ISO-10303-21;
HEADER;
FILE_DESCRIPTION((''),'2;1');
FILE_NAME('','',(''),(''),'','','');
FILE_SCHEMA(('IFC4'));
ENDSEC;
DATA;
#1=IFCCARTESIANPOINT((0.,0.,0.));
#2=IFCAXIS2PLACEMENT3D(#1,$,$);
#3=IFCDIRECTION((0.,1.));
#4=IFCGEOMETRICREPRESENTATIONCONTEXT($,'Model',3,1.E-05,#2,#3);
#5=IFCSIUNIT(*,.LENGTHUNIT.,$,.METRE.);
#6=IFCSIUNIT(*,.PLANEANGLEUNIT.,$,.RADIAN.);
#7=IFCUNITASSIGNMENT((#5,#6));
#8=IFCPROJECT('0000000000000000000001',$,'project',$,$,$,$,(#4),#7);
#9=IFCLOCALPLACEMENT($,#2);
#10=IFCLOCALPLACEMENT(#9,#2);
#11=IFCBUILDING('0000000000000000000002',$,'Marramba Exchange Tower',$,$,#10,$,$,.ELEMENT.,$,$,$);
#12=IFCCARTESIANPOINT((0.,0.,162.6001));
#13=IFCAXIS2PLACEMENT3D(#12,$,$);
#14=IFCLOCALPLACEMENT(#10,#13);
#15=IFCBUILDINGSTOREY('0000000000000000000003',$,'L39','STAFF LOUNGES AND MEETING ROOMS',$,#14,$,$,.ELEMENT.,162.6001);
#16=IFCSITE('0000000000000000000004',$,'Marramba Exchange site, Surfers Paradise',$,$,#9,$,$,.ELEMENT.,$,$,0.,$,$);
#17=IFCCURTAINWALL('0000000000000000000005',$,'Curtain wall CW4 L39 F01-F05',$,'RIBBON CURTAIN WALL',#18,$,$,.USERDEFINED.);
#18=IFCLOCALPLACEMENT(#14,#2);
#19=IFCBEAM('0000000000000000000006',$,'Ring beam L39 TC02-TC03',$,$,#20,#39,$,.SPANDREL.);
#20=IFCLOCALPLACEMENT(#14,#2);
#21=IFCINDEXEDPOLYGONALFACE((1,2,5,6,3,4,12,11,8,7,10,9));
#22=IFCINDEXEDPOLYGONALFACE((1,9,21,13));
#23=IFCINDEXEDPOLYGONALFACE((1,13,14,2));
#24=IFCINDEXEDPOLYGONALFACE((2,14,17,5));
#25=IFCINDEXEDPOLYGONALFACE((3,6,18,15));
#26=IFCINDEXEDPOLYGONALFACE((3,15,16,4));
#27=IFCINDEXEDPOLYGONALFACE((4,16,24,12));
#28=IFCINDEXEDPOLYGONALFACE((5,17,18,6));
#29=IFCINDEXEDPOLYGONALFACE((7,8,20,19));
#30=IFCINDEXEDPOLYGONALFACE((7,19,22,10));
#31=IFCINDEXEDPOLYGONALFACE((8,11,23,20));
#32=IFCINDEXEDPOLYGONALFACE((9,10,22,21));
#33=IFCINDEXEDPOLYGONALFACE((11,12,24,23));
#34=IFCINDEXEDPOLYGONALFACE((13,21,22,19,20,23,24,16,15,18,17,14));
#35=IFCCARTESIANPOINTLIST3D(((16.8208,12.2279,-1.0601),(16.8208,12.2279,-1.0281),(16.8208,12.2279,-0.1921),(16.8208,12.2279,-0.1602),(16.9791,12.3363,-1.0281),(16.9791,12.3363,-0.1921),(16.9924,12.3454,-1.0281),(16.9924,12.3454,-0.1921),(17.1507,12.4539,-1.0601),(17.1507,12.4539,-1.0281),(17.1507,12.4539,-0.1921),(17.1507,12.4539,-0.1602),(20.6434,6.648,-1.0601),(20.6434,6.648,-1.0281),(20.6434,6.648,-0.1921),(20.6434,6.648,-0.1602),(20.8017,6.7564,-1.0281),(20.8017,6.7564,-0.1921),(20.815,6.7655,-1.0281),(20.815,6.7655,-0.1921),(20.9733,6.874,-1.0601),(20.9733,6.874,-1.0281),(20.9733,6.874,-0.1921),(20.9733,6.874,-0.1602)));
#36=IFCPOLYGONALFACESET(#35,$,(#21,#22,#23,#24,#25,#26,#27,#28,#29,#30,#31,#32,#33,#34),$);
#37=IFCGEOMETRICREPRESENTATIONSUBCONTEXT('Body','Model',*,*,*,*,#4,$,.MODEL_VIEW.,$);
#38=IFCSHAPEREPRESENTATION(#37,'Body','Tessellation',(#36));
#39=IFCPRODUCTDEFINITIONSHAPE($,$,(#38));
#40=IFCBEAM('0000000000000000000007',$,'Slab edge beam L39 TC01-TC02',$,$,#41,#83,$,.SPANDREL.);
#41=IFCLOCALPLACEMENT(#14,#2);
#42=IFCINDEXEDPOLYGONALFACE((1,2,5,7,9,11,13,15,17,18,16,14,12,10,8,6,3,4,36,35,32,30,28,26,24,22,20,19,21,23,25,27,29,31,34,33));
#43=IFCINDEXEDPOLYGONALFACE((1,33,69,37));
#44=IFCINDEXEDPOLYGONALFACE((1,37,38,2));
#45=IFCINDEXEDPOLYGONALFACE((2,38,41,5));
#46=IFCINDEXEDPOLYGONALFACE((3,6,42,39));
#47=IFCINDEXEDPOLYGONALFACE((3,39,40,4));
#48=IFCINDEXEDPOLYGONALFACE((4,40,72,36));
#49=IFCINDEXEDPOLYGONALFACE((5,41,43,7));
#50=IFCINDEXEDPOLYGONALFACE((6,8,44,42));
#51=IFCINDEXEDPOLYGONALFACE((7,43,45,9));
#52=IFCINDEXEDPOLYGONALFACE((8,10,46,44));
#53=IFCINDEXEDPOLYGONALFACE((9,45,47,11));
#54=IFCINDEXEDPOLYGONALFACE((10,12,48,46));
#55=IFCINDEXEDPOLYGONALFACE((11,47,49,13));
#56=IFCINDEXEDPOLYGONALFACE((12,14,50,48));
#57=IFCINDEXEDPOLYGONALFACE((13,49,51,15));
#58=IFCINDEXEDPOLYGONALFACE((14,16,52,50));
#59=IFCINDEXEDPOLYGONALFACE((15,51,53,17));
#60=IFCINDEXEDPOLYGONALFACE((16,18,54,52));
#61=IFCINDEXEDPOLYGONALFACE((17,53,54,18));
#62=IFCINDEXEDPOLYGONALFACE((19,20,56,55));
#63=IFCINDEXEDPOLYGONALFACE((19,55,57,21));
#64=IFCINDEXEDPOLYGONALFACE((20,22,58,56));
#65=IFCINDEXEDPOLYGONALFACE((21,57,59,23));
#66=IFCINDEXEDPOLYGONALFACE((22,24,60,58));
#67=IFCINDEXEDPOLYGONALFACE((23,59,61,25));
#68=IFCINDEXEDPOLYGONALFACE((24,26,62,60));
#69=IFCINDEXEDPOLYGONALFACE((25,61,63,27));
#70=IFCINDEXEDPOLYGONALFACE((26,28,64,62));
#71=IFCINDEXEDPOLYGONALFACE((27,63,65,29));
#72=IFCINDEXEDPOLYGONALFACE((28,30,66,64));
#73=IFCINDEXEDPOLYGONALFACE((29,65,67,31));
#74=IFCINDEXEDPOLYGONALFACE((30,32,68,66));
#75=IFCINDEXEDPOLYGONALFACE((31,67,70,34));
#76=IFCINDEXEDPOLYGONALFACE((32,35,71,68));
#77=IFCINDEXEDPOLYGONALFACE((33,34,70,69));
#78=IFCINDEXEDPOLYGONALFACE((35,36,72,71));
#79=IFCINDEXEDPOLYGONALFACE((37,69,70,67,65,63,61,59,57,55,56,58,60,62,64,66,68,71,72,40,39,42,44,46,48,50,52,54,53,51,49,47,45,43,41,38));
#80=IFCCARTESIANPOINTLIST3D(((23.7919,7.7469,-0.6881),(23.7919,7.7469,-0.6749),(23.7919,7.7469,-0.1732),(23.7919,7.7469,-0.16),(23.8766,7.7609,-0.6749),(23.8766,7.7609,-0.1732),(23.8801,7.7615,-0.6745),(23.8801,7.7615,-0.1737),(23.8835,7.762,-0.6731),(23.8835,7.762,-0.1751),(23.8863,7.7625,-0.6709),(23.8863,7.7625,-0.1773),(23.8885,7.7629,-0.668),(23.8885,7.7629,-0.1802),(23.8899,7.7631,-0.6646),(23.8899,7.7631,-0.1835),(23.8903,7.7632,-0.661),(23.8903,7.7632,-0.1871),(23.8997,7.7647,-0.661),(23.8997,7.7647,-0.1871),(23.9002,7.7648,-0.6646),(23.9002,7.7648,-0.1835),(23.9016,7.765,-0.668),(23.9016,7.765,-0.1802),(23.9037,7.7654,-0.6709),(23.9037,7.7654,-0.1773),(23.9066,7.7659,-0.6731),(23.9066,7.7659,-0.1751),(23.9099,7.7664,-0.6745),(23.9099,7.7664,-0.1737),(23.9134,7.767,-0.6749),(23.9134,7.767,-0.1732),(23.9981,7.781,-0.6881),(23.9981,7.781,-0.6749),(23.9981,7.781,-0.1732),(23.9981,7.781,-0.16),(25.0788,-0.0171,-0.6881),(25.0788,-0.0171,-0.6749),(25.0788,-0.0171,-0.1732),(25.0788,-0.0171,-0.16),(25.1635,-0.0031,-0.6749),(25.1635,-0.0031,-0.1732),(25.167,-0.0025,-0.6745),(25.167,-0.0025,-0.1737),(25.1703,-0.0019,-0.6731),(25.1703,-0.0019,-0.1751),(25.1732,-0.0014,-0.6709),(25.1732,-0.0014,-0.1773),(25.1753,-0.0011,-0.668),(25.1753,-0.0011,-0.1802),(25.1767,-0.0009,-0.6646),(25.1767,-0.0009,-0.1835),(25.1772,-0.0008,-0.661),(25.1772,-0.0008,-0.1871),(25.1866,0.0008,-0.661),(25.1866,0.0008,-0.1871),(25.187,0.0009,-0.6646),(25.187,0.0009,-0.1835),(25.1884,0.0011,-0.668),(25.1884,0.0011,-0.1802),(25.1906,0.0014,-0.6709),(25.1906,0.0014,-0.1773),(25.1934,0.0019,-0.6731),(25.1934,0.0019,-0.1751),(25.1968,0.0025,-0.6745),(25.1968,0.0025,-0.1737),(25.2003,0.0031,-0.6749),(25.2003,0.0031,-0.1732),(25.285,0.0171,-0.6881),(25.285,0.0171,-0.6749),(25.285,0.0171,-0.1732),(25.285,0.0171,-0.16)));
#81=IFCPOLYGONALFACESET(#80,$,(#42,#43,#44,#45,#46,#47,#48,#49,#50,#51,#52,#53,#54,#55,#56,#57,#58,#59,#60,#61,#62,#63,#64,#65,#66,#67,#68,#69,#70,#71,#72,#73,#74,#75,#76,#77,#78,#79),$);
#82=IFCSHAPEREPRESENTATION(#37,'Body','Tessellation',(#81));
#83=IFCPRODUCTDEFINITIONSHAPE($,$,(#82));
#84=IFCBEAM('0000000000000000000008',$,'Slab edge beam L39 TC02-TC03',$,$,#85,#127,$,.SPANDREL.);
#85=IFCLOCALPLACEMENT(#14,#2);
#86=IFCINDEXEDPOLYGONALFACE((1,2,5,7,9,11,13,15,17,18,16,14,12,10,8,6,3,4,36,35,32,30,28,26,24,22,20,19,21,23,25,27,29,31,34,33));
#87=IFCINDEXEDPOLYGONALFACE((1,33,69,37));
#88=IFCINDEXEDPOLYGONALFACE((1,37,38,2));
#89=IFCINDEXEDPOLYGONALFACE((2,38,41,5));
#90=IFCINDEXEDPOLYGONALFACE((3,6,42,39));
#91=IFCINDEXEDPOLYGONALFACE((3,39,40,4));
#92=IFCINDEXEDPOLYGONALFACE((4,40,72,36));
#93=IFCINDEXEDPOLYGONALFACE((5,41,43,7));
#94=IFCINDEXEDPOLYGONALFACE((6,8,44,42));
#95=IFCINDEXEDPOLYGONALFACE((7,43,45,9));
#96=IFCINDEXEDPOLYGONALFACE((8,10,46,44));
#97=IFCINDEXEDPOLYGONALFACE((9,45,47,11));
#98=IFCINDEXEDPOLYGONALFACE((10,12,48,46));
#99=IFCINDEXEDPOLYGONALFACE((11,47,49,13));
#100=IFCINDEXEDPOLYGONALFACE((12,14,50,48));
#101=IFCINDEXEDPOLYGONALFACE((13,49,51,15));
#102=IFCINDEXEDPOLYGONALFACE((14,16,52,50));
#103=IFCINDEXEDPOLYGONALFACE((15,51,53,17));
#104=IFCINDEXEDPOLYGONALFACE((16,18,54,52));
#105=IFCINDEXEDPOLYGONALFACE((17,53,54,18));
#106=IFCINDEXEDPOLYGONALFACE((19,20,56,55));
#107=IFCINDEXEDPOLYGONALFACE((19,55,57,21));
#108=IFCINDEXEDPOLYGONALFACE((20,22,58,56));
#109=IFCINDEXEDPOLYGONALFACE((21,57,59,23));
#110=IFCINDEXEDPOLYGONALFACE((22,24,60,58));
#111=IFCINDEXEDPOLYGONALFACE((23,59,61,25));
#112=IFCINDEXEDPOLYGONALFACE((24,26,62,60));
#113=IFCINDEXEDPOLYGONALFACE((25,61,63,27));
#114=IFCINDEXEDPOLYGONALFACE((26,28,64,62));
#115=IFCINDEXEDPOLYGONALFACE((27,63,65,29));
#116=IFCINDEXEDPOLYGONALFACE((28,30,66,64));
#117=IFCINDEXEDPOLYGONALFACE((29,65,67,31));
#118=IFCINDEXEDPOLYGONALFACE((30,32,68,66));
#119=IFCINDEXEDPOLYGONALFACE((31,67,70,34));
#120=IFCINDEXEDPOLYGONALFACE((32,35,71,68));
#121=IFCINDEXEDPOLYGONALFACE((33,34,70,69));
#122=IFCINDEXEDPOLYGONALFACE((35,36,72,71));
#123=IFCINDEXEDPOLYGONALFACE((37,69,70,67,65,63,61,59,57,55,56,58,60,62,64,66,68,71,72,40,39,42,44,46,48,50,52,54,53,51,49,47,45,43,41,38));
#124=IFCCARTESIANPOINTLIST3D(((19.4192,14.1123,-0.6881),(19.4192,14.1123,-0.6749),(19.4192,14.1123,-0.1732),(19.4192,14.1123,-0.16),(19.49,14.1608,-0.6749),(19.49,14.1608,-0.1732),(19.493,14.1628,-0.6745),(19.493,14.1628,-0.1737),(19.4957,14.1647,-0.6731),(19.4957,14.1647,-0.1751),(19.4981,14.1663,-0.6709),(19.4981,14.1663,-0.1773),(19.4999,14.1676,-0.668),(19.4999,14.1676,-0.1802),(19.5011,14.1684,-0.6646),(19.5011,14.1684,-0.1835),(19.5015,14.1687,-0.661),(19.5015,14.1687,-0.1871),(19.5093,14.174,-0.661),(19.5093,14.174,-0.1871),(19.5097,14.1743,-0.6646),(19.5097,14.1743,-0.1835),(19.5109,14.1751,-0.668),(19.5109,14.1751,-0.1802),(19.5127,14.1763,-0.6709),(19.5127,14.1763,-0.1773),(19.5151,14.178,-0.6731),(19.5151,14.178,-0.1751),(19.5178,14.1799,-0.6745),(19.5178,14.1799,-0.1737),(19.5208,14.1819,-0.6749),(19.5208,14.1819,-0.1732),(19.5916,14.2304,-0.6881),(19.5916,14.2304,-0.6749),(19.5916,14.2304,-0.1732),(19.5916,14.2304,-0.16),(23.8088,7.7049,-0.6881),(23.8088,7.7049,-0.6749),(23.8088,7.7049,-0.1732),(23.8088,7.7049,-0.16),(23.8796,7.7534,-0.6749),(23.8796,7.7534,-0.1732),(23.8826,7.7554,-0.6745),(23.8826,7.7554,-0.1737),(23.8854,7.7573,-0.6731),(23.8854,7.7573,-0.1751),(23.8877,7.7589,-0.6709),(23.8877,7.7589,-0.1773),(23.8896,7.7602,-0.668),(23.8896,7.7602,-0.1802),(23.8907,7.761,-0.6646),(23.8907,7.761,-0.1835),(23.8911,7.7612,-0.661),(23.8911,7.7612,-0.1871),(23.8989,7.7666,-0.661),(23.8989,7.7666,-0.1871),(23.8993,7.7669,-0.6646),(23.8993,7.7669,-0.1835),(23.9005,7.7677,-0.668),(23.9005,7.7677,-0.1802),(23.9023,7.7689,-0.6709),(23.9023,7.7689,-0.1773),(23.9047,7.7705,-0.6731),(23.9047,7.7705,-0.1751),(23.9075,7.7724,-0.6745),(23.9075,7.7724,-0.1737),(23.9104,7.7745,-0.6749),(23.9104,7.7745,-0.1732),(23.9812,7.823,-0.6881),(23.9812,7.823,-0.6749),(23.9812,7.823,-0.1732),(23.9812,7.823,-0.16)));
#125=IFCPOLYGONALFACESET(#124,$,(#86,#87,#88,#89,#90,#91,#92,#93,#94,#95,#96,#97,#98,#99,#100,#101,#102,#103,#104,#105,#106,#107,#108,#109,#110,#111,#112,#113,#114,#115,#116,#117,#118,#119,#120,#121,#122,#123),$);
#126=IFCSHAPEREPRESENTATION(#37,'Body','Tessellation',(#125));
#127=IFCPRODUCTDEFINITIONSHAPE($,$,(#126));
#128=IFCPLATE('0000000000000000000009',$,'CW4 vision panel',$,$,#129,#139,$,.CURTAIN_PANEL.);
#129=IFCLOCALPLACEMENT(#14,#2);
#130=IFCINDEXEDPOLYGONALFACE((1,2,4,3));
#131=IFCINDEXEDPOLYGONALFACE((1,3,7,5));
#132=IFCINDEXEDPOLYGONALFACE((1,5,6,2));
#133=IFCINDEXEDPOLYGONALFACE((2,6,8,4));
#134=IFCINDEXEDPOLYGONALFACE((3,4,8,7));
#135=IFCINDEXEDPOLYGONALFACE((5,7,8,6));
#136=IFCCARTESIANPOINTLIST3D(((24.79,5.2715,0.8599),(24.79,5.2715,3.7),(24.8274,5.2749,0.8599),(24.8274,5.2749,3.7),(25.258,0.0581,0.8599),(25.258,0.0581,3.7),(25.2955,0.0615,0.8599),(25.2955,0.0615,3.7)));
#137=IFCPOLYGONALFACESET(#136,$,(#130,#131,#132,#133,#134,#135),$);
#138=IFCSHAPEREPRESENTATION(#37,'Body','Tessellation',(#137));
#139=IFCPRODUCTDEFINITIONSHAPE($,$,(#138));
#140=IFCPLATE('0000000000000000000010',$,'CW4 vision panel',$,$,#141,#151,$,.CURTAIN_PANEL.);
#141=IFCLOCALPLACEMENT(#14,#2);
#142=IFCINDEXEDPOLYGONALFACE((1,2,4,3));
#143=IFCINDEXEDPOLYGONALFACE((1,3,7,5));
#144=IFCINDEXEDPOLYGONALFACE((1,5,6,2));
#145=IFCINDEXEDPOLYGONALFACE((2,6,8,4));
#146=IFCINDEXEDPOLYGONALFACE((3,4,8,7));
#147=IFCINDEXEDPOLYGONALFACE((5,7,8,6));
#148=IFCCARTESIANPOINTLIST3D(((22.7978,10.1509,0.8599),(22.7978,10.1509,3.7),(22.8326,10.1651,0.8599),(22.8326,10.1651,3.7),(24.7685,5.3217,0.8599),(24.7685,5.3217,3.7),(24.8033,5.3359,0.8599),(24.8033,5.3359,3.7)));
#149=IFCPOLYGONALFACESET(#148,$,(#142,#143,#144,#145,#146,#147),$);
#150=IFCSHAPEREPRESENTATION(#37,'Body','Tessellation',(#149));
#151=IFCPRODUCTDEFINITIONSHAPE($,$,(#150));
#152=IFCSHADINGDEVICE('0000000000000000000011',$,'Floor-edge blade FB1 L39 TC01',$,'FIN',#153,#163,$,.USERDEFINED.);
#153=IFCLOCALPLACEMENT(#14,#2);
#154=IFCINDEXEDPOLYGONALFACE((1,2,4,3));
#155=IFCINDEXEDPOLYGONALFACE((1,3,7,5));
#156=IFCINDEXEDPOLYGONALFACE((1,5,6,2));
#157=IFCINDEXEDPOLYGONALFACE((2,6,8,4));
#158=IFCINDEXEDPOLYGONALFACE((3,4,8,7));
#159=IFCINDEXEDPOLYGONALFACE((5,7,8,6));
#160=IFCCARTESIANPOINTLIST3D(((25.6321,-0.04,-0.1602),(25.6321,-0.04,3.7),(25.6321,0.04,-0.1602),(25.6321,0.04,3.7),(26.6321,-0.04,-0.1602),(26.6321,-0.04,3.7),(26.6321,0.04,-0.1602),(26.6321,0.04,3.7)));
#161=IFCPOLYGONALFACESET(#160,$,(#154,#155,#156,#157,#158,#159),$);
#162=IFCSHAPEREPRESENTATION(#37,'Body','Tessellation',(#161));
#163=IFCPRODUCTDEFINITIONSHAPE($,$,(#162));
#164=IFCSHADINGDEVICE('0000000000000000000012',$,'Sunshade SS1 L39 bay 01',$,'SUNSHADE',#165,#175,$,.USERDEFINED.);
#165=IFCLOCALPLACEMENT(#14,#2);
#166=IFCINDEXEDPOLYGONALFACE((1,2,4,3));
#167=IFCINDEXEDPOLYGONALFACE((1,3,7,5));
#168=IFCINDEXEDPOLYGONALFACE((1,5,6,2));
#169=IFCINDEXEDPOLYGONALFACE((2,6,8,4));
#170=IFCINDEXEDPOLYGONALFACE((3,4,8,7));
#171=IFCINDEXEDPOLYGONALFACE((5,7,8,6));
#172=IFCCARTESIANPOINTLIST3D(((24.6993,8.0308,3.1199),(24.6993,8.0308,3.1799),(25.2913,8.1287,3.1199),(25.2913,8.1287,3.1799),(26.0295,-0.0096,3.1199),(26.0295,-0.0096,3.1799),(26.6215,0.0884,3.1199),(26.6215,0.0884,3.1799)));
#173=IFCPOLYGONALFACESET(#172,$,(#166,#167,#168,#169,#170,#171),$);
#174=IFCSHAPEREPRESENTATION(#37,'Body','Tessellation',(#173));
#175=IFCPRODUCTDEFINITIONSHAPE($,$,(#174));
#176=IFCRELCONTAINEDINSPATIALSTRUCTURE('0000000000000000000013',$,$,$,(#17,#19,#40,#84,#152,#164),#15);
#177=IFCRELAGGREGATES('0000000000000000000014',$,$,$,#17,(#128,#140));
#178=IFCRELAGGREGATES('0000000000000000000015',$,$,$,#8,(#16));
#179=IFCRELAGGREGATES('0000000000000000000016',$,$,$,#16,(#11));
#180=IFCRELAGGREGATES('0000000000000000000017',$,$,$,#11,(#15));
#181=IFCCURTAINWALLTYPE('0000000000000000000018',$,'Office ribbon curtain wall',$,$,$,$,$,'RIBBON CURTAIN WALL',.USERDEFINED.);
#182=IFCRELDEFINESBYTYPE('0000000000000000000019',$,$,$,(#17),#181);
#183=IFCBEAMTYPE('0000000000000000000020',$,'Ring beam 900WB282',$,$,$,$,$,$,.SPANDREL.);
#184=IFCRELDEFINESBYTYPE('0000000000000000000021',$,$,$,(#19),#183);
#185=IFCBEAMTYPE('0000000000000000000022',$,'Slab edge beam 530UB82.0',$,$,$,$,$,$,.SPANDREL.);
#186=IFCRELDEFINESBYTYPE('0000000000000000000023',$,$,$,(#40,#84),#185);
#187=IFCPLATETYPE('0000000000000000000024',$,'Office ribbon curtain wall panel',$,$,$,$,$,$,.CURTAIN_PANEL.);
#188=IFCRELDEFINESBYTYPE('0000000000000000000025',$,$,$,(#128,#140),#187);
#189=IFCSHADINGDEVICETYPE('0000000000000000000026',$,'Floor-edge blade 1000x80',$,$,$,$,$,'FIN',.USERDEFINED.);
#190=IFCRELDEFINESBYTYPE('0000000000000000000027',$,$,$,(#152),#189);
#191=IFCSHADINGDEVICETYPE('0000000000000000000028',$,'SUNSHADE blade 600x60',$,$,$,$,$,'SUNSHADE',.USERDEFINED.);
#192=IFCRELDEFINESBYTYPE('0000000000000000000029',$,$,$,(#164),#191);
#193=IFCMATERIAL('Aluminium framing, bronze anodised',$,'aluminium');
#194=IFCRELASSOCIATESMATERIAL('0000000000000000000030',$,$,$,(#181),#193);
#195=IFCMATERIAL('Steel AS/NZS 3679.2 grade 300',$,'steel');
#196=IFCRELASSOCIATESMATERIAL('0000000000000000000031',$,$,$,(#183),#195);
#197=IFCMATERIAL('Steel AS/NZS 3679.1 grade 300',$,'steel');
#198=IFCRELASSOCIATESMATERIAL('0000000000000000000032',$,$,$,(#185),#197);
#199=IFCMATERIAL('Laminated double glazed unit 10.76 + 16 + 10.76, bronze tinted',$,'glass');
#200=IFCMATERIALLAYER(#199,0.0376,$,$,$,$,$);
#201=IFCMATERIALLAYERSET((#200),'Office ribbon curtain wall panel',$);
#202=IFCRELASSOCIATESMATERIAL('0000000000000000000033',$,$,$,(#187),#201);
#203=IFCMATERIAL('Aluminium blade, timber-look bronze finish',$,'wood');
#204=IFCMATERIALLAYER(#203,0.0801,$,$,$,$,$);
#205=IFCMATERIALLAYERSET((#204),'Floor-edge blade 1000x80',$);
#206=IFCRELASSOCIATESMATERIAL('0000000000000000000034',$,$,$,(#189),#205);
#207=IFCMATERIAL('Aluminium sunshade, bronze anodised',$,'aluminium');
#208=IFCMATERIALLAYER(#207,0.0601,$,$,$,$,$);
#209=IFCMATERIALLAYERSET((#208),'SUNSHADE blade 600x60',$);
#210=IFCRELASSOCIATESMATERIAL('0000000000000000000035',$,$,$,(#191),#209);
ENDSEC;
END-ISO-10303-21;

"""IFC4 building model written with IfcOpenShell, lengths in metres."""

from ifc_helpers import new_model, si_unit, direction, frame, origin, origin_2d, place, context, subcontext, project, spatial, rectangle, i_section, extrude, material, layer, layer_set, material_profile, profile_set, type_object, element, aggregate, save


model = new_model("IFC4")

# Units and contexts
model_context = context("Model", 3, precision=1e-05, world=origin(), true_north=direction((0.0, 1.0)))
body_context = subcontext(model_context, "Body", "Model", "MODEL_VIEW")
ifc_project = project(units=[si_unit("LENGTHUNIT", "METRE"), si_unit("PLANEANGLEUNIT", "RADIAN")], contexts=[model_context])

# Site, building, storey
site_placement = place(None, origin())
site = spatial("IfcSite", under=ifc_project, at=site_placement, Name="Marramba Exchange site, Surfers Paradise", CompositionType="ELEMENT", RefElevation=0.0)
building_placement = place(site_placement, origin())
building = spatial("IfcBuilding", under=site, at=building_placement, Name="Marramba Exchange Tower", CompositionType="ELEMENT")
storey_placement = place(building_placement, frame((0.0, 0.0, 162.6001)))
storey = spatial("IfcBuildingStorey", under=building, at=storey_placement, Name="L39", Description="STAFF LOUNGES AND MEETING ROOMS", CompositionType="ELEMENT", Elevation=162.6001)

# Shared definitions
ifc_material_1 = material(Name="Steel AS/NZS 3679.2 grade 300", Category="steel")
ifc_material_2 = material(Name="Steel AS/NZS 3679.1 grade 300", Category="steel")

# Curtain wall
ifc_material_3 = material(Name="Aluminium framing, bronze anodised", Category="aluminium")
curtain_wall_type = type_object("IfcCurtainWallType", Name="Office ribbon curtain wall", ElementType="RIBBON CURTAIN WALL", PredefinedType="USERDEFINED", material=ifc_material_3)
curtain_wall_placement = place(storey_placement, origin())
curtain_wall = element("IfcCurtainWall", 1, at=curtain_wall_placement, inside=storey, type_object=curtain_wall_type, Name="Curtain wall CW4 L39 F01-F05", ObjectType="RIBBON CURTAIN WALL", PredefinedType="USERDEFINED")

# Beams
ifc_material_profile_1 = material_profile(ifc_material_1, i_section(OverallWidth=0.3999, OverallDepth=0.8999, WebThickness=0.0161, FlangeThickness=0.032, at=origin_2d()), Name="900WB282")
ifc_profile_set_1 = profile_set([ifc_material_profile_1], Name="Steel AS/NZS 3679.2 grade 300")
beam_type_1 = type_object("IfcBeamType", Name="Ring beam 900WB282", PredefinedType="SPANDREL", material=ifc_profile_set_1)
beam_1_placement = place(storey_placement, frame((20.8083, 6.761, -0.6101), z_axis=(-0.56516, 0.824981, 0.0), x_axis=(-0.824981, -0.56516, 0.0)))
element("IfcBeam", 2, at=beam_1_placement, inside=storey, type_object=beam_type_1, Name="Ring beam L39 TC02-TC03", PredefinedType="SPANDREL", context=body_context, shape_type="SweptSolid", body=[
    extrude(i_section(OverallWidth=0.3999, OverallDepth=0.8999, WebThickness=0.0161, FlangeThickness=0.032, at=origin_2d()), origin(), (0.0, 0.0, 1.0), 6.7637),
])
ifc_material_profile_2 = material_profile(ifc_material_2, i_section(OverallWidth=0.209, OverallDepth=0.5281, WebThickness=0.0095, FlangeThickness=0.0132, FilletRadius=0.0139, at=origin_2d()), Name="530UB82.0")
ifc_profile_set_2 = profile_set([ifc_material_profile_2], Name="Steel AS/NZS 3679.1 grade 300")
beam_type_2 = type_object("IfcBeamType", Name="Slab edge beam 530UB82.0", PredefinedType="SPANDREL", material=ifc_profile_set_2)
beam_2_placement = place(storey_placement, frame((25.1819, 0.0, -0.4241), z_axis=(-0.163519, 0.98654, 0.0), x_axis=(-0.98654, -0.163519, 0.0)))
element("IfcBeam", 3, at=beam_2_placement, inside=storey, type_object=beam_type_2, Name="Slab edge beam L39 TC01-TC02", PredefinedType="SPANDREL", context=body_context, shape_type="SweptSolid", body=[
    extrude(i_section(OverallWidth=0.209, OverallDepth=0.5281, WebThickness=0.0095, FlangeThickness=0.0132, FilletRadius=0.0139, at=origin_2d()), origin(), (0.0, 0.0, 1.0), 7.8699),
])
beam_3_placement = place(storey_placement, frame((23.895, 7.7639, -0.4241), z_axis=(-0.565174, 0.824972, 0.0), x_axis=(-0.824972, -0.565174, 0.0)))
element("IfcBeam", 4, at=beam_3_placement, inside=storey, type_object=beam_type_2, Name="Slab edge beam L39 TC02-TC03", PredefinedType="SPANDREL", context=body_context, shape_type="SweptSolid", body=[
    extrude(i_section(OverallWidth=0.209, OverallDepth=0.5281, WebThickness=0.0095, FlangeThickness=0.0132, FilletRadius=0.0139, at=origin_2d()), origin(), (0.0, 0.0, 1.0), 7.7668),
])

# Plates
ifc_material_4 = material(Name="Laminated double glazed unit 10.76 + 16 + 10.76, bronze tinted", Category="glass")
ifc_layer_1 = layer(ifc_material_4, 0.0376)
ifc_layer_set_1 = layer_set([ifc_layer_1], Name="Office ribbon curtain wall panel")
plate_type = type_object("IfcPlateType", Name="Office ribbon curtain wall panel", PredefinedType="CURTAIN_PANEL", material=ifc_layer_set_1)
plate_1_placement = place(storey_placement, frame((25.0427, 2.6665, 0.8599), z_axis=(0.0, 0.0, 1.0), x_axis=(-0.089413, 0.995995, 0.0)))
plate_1 = element("IfcPlate", 5, at=plate_1_placement, type_object=plate_type, Name="CW4 vision panel", PredefinedType="CURTAIN_PANEL", context=body_context, shape_type="SweptSolid", body=[
    extrude(rectangle(XDim=5.2344, YDim=0.0376, at=origin_2d()), origin(), (0.0, 0.0, 1.0), 2.8401),
])
plate_2_placement = place(storey_placement, frame((23.8005, 7.7434, 0.8599), z_axis=(0.0, 0.0, 1.0), x_axis=(-0.377821, 0.925879, 0.0)))
plate_2 = element("IfcPlate", 6, at=plate_2_placement, type_object=plate_type, Name="CW4 vision panel", PredefinedType="CURTAIN_PANEL", context=body_context, shape_type="SweptSolid", body=[
    extrude(rectangle(XDim=5.2158, YDim=0.0376, at=origin_2d()), origin(), (0.0, 0.0, 1.0), 2.8401),
])
aggregate(curtain_wall, [plate_1, plate_2])

# Shading devices
ifc_material_5 = material(Name="Aluminium blade, timber-look bronze finish", Category="wood")
ifc_layer_2 = layer(ifc_material_5, 0.0801)
ifc_layer_set_2 = layer_set([ifc_layer_2], Name="Floor-edge blade 1000x80")
shading_device_type_1 = type_object("IfcShadingDeviceType", Name="Floor-edge blade 1000x80", ElementType="FIN", PredefinedType="USERDEFINED", material=ifc_layer_set_2)
shading_device_1_placement = place(storey_placement, frame((26.1321, 0.0, -0.1602), z_axis=(0.0, 0.0, 1.0), x_axis=(1.0, 0.0, 0.0)))
element("IfcShadingDevice", 7, at=shading_device_1_placement, inside=storey, type_object=shading_device_type_1, Name="Floor-edge blade FB1 L39 TC01", ObjectType="FIN", PredefinedType="USERDEFINED", context=body_context, shape_type="SweptSolid", body=[
    extrude(rectangle(XDim=1.0, YDim=0.0801, at=origin_2d()), origin(), (0.0, 0.0, 1.0), 3.8601),
])
ifc_material_6 = material(Name="Aluminium sunshade, bronze anodised", Category="aluminium")
ifc_layer_3 = layer(ifc_material_6, 0.0601)
ifc_layer_set_3 = layer_set([ifc_layer_3], Name="SUNSHADE blade 600x60")
shading_device_type_2 = type_object("IfcShadingDeviceType", Name="SUNSHADE blade 600x60", ElementType="SUNSHADE", PredefinedType="USERDEFINED", material=ifc_layer_set_3)
shading_device_2_placement = place(storey_placement, frame((25.6604, 4.0596, 3.1199), z_axis=(0.0, 0.0, 1.0), x_axis=(-0.163228, 0.986588, 0.0)))
element("IfcShadingDevice", 8, at=shading_device_2_placement, inside=storey, type_object=shading_device_type_2, Name="Sunshade SS1 L39 bay 01", ObjectType="SUNSHADE", PredefinedType="USERDEFINED", context=body_context, shape_type="SweptSolid", body=[
    extrude(rectangle(XDim=8.1497, YDim=0.6001, at=origin_2d()), origin(), (0.0, 0.0, 1.0), 0.0601),
])

save(model, "model.ifc")
